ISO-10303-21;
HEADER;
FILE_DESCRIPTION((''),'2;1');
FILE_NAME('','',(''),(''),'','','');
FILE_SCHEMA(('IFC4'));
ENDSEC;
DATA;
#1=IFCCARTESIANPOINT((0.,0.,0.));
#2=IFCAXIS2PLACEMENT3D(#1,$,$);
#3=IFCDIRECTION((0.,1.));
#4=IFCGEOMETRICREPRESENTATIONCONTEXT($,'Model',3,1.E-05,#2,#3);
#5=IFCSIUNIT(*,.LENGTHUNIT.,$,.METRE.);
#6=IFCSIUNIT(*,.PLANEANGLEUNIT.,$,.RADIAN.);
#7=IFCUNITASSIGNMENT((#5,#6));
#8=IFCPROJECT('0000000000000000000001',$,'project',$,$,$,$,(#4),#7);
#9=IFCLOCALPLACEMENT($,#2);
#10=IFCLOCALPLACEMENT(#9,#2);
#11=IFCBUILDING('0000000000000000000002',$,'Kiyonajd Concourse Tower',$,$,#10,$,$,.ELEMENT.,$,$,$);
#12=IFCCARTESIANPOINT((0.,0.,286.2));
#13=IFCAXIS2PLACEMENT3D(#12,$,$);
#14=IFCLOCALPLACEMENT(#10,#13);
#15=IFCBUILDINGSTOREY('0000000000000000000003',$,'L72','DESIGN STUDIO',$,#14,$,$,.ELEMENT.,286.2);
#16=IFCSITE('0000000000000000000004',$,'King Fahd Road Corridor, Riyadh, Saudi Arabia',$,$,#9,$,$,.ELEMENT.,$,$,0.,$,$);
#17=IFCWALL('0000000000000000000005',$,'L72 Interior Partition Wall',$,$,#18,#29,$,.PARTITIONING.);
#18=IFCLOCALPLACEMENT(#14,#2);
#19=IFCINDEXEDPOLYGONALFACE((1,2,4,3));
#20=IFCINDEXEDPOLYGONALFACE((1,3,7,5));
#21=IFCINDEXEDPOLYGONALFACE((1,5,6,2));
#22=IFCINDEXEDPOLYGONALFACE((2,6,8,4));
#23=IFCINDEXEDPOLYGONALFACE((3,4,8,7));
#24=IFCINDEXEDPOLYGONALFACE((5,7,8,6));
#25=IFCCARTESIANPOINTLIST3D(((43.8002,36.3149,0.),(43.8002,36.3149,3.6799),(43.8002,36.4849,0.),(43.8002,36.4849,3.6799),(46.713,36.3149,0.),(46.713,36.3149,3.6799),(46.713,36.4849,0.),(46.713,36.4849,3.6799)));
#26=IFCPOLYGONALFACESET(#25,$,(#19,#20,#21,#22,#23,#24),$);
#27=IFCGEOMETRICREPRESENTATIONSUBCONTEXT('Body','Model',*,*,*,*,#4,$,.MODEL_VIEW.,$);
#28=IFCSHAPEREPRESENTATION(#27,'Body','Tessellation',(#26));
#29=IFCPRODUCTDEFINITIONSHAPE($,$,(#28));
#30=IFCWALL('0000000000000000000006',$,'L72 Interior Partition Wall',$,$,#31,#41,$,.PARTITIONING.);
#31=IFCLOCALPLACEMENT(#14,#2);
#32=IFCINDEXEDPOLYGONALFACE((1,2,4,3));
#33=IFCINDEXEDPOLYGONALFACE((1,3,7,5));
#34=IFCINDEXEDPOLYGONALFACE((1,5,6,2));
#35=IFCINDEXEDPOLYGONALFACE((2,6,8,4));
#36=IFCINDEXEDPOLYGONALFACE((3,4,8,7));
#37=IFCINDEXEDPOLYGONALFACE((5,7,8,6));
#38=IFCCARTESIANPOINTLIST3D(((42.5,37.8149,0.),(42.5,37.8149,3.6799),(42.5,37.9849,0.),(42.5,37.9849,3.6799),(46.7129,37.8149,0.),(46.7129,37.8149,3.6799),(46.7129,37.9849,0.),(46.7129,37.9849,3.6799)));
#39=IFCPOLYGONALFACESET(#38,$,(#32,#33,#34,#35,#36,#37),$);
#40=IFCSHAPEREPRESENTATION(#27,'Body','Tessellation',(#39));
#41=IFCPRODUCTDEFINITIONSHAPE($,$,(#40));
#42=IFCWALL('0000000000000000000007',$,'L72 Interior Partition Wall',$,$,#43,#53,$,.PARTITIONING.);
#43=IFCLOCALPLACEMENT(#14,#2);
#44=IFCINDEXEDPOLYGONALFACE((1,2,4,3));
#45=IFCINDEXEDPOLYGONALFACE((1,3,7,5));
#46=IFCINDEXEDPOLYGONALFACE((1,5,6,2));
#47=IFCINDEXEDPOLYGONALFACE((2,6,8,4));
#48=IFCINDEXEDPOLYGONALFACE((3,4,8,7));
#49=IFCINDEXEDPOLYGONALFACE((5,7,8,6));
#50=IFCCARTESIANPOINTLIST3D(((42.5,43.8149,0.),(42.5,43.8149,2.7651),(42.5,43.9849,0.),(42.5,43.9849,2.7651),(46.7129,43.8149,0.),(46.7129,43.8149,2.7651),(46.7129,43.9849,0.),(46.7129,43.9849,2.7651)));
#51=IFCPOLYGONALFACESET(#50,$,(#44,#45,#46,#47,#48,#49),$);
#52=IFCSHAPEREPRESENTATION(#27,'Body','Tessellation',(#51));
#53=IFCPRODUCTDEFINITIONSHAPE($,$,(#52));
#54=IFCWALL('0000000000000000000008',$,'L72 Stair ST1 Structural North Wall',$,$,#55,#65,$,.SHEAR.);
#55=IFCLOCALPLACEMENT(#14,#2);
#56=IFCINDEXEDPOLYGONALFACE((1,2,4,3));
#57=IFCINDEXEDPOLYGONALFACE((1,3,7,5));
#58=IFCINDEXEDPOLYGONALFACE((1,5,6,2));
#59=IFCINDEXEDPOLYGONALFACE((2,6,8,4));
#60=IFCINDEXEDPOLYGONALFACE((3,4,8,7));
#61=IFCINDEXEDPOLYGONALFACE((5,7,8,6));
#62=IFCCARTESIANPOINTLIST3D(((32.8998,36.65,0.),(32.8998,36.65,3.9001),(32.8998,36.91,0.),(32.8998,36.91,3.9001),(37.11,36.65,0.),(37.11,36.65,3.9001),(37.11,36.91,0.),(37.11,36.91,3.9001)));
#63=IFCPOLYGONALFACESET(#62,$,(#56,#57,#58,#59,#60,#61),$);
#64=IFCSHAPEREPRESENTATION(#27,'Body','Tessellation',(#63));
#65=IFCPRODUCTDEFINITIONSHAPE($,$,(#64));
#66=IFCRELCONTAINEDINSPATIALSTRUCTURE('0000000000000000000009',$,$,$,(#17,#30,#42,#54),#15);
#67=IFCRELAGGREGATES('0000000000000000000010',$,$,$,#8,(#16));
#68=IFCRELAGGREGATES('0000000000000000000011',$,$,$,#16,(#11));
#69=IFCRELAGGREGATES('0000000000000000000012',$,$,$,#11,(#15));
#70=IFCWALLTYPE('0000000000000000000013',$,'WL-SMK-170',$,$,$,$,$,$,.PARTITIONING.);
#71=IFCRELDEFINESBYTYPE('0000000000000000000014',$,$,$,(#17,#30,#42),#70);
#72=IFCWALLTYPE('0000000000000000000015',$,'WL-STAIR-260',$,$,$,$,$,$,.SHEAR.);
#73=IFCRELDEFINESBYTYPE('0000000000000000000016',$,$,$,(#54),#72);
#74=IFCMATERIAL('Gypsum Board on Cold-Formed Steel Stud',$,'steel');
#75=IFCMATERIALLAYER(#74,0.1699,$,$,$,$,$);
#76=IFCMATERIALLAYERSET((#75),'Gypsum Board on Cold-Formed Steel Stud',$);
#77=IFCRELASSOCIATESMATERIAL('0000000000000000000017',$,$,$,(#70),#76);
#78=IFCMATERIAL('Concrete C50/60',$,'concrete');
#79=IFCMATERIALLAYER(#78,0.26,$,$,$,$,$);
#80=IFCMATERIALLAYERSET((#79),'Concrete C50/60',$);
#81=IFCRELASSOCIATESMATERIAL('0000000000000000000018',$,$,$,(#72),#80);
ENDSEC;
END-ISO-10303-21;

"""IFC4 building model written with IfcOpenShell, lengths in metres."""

from ifc_helpers import new_model, si_unit, direction, frame, frame_2d, origin, place, context, subcontext, project, spatial, rectangle, extrude, material, layer, layer_set, type_object, element, save


model = new_model("IFC4")

# Units and contexts
model_context = context("Model", 3, precision=1e-05, world=origin(), true_north=direction((0.0, 1.0)))
body_context = subcontext(model_context, "Body", "Model", "MODEL_VIEW")
ifc_project = project(units=[si_unit("LENGTHUNIT", "METRE"), si_unit("PLANEANGLEUNIT", "RADIAN")], contexts=[model_context])

# Site, building, storey
site_placement = place(None, origin())
site = spatial("IfcSite", under=ifc_project, at=site_placement, Name="King Fahd Road Corridor, Riyadh, Saudi Arabia", CompositionType="ELEMENT", RefElevation=0.0)
building_placement = place(site_placement, origin())
building = spatial("IfcBuilding", under=site, at=building_placement, Name="Kiyonajd Concourse Tower", CompositionType="ELEMENT")
storey_placement = place(building_placement, frame((0.0, 0.0, 286.2)))
storey = spatial("IfcBuildingStorey", under=building, at=storey_placement, Name="L72", Description="DESIGN STUDIO", CompositionType="ELEMENT", Elevation=286.2)

# Shared definitions
ifc_material_1 = material(Name="Gypsum Board on Cold-Formed Steel Stud", Category="steel")

# Shared definitions
ifc_layer_1 = layer(ifc_material_1, 0.1699)
ifc_layer_set_1 = layer_set([ifc_layer_1], Name="Gypsum Board on Cold-Formed Steel Stud")
wall_type_1 = type_object("IfcWallType", Name="WL-SMK-170", PredefinedType="PARTITIONING", material=ifc_layer_set_1)

# Walls
wall_1_placement = place(storey_placement, frame((43.8, 36.3999, 0.0), z_axis=(0.0, 0.0, 1.0), x_axis=(1.0, 0.0, 0.0)))
element("IfcWall", 1, at=wall_1_placement, inside=storey, type_object=wall_type_1, Name="L72 Interior Partition Wall", PredefinedType="PARTITIONING", context=body_context, shape_type="SweptSolid", body=[
    extrude(rectangle(XDim=2.9128, YDim=0.1699, at=frame_2d((1.4565, 0.0))), origin(), (0.0, 0.0, 1.0), 3.6799),
])
wall_2_placement = place(storey_placement, frame((42.5, 37.8999, 0.0), z_axis=(0.0, 0.0, 1.0), x_axis=(1.0, 0.0, 0.0)))
element("IfcWall", 2, at=wall_2_placement, inside=storey, type_object=wall_type_1, Name="L72 Interior Partition Wall", PredefinedType="PARTITIONING", context=body_context, shape_type="SweptSolid", body=[
    extrude(rectangle(XDim=4.2129, YDim=0.1699, at=frame_2d((2.1064, 0.0))), origin(), (0.0, 0.0, 1.0), 3.6799),
])
wall_3_placement = place(storey_placement, frame((42.5, 43.8999, 0.0), z_axis=(0.0, 0.0, 1.0), x_axis=(1.0, 0.0, 0.0)))
element("IfcWall", 3, at=wall_3_placement, inside=storey, type_object=wall_type_1, Name="L72 Interior Partition Wall", PredefinedType="PARTITIONING", context=body_context, shape_type="SweptSolid", body=[
    extrude(rectangle(XDim=4.2129, YDim=0.1699, at=frame_2d((2.1064, 0.0))), origin(), (0.0, 0.0, 1.0), 2.7651),
])
ifc_material_2 = material(Name="Concrete C50/60", Category="concrete")
ifc_layer_2 = layer(ifc_material_2, 0.26)
ifc_layer_set_2 = layer_set([ifc_layer_2], Name="Concrete C50/60")
wall_type_2 = type_object("IfcWallType", Name="WL-STAIR-260", PredefinedType="SHEAR", material=ifc_layer_set_2)
wall_4_placement = place(storey_placement, frame((32.8999, 36.78, 0.0), z_axis=(0.0, 0.0, 1.0), x_axis=(1.0, 0.0, 0.0)))
element("IfcWall", 4, at=wall_4_placement, inside=storey, type_object=wall_type_2, Name="L72 Stair ST1 Structural North Wall", PredefinedType="SHEAR", context=body_context, shape_type="SweptSolid", body=[
    extrude(rectangle(XDim=4.2102, YDim=0.26, at=frame_2d((2.105, 0.0))), origin(), (0.0, 0.0, 1.0), 3.9001),
])

save(model, "model.ifc")
